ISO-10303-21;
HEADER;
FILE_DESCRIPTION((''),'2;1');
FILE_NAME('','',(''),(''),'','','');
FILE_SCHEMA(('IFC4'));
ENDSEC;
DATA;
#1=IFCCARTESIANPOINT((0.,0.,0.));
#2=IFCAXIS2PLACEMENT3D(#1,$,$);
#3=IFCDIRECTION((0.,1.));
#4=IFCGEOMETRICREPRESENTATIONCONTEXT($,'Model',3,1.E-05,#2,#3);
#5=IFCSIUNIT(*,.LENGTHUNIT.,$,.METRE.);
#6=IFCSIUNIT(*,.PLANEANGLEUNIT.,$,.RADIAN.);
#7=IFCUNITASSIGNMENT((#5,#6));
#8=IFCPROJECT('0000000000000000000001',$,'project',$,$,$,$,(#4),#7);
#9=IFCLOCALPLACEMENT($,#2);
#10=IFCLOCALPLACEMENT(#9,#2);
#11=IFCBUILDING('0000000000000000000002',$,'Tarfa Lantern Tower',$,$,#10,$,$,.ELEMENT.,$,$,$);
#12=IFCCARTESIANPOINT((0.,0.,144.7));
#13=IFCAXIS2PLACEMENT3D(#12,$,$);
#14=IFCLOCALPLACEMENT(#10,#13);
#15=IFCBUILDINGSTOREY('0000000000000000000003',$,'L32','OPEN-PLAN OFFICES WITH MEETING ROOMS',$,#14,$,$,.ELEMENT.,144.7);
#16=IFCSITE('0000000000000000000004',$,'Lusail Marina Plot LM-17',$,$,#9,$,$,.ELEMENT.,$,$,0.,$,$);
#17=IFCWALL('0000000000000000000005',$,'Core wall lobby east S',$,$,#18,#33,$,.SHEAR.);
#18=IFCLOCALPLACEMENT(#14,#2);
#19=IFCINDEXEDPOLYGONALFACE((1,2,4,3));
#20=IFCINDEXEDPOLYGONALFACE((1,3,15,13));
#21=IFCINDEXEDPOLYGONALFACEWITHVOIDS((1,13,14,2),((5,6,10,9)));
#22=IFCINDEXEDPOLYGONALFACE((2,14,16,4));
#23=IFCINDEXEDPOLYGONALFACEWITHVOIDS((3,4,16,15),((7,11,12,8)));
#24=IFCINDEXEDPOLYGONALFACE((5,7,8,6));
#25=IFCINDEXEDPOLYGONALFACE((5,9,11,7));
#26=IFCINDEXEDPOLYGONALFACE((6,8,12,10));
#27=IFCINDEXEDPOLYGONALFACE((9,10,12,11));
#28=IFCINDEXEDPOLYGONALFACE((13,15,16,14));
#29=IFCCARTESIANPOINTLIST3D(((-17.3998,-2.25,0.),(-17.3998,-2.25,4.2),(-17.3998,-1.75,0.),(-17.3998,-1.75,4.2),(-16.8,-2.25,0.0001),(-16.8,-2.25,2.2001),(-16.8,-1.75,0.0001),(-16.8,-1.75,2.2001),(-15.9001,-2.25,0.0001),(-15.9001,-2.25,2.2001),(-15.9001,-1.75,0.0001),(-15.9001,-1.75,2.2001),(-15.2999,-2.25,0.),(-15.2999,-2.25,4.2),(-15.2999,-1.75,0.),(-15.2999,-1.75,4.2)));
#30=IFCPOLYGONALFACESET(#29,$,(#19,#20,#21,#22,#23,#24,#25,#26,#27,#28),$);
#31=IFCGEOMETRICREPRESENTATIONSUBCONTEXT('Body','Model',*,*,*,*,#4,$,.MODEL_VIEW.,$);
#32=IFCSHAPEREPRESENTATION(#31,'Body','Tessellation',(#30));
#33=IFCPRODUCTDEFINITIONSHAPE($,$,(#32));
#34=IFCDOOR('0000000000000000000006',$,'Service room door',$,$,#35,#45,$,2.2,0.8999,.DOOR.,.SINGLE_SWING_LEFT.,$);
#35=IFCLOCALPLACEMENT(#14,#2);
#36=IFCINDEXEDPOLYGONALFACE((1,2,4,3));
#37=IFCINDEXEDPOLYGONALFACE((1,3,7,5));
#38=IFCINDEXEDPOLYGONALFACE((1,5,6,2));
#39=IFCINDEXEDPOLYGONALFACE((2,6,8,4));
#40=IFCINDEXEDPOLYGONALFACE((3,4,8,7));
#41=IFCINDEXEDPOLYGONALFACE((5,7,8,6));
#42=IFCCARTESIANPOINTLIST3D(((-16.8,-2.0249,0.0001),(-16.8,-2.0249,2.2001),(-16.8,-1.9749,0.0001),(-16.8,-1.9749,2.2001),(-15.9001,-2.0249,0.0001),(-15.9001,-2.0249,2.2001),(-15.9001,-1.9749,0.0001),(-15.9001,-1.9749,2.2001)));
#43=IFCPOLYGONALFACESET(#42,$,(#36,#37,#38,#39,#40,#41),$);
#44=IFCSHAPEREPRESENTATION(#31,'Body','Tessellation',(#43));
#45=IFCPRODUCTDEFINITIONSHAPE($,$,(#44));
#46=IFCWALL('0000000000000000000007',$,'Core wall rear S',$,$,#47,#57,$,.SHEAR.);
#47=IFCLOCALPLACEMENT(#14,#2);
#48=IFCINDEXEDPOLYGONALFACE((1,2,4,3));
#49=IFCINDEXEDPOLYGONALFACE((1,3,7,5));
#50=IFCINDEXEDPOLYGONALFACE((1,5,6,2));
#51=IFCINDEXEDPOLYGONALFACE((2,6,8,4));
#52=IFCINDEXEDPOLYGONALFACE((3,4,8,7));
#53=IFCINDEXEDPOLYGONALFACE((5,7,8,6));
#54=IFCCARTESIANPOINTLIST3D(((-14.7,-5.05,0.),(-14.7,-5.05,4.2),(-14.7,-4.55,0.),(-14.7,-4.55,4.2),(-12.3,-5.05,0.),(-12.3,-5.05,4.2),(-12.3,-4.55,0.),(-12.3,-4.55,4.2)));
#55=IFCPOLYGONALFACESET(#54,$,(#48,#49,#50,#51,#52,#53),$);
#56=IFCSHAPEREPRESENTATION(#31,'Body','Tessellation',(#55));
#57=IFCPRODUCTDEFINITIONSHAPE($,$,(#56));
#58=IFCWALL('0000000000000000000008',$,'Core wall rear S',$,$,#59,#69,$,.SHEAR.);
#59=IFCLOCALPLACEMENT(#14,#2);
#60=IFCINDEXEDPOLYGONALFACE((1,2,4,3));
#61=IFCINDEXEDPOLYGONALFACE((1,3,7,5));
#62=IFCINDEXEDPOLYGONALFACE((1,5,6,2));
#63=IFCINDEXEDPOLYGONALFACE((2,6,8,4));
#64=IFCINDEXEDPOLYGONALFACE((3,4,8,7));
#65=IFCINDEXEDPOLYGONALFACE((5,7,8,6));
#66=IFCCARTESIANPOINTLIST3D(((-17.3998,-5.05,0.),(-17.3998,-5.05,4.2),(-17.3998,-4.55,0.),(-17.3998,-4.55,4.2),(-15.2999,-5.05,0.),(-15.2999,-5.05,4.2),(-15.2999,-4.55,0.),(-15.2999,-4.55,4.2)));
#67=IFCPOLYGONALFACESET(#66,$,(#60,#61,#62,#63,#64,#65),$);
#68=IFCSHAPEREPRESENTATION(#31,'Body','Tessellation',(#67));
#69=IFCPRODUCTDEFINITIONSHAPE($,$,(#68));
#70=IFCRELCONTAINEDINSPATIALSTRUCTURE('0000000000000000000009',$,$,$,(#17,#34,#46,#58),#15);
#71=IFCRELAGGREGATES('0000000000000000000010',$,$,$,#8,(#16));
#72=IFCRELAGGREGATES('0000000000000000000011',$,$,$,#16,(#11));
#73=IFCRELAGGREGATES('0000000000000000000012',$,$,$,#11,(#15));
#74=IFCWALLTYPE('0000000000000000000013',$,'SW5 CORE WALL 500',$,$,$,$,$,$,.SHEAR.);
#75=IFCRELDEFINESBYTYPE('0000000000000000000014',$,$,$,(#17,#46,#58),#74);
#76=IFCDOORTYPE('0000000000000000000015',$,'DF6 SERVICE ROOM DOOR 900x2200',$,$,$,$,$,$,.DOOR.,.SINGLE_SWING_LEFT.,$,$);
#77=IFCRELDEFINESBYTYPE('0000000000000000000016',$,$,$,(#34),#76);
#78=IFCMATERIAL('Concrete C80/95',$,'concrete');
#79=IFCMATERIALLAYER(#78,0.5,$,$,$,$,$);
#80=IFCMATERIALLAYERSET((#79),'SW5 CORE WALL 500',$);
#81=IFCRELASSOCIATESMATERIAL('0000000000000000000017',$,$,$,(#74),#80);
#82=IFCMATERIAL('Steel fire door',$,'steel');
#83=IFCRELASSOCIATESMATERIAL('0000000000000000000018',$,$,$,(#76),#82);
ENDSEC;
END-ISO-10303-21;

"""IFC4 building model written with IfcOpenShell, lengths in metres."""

from ifc_helpers import new_model, si_unit, direction, frame, frame_2d, origin, place, context, subcontext, project, spatial, rectangle, extrude, material, layer, layer_set, type_object, element, fill, save


model = new_model("IFC4")

# Units and contexts
model_context = context("Model", 3, precision=1e-05, world=origin(), true_north=direction((0.0, 1.0)))
body_context = subcontext(model_context, "Body", "Model", "MODEL_VIEW")
ifc_project = project(units=[si_unit("LENGTHUNIT", "METRE"), si_unit("PLANEANGLEUNIT", "RADIAN")], contexts=[model_context])

# Site, building, storey
site_placement = place(None, origin())
site = spatial("IfcSite", under=ifc_project, at=site_placement, Name="Lusail Marina Plot LM-17", CompositionType="ELEMENT", RefElevation=0.0)
building_placement = place(site_placement, origin())
building = spatial("IfcBuilding", under=site, at=building_placement, Name="Tarfa Lantern Tower", CompositionType="ELEMENT")
storey_placement = place(building_placement, frame((0.0, 0.0, 144.7)))
storey = spatial("IfcBuildingStorey", under=building, at=storey_placement, Name="L32", Description="OPEN-PLAN OFFICES WITH MEETING ROOMS", CompositionType="ELEMENT", Elevation=144.7)

# Shared definitions
ifc_material_1 = material(Name="Concrete C80/95", Category="concrete")
ifc_layer_1 = layer(ifc_material_1, 0.5)
ifc_layer_set_1 = layer_set([ifc_layer_1], Name="SW5 CORE WALL 500")
wall_type_1 = type_object("IfcWallType", Name="SW5 CORE WALL 500", PredefinedType="SHEAR", material=ifc_layer_set_1)
ifc_material_2 = material(Name="Steel fire door", Category="steel")
door_type_1 = type_object("IfcDoorType", Name="DF6 SERVICE ROOM DOOR 900x2200", OperationType="SINGLE_SWING_LEFT", PredefinedType="DOOR", material=ifc_material_2)

# Wall, opening, door
wall_1_placement = place(storey_placement, frame((-15.3, -2.0, 0.0), z_axis=(0.0, 0.0, 1.0), x_axis=(-1.0, 0.0, 0.0)))
wall_1 = element("IfcWall", 1, at=wall_1_placement, inside=storey, type_object=wall_type_1, Name="Core wall lobby east S", PredefinedType="SHEAR", context=body_context, shape_type="SweptSolid", body=[
    extrude(rectangle(XDim=2.0999, YDim=0.5, at=frame_2d((1.0498, 0.0))), origin(), (0.0, 0.0, 1.0), 4.2),
])
opening_1_placement = place(wall_1_placement, frame((0.6001, 0.0, 0.0)))
opening_1 = element("IfcOpeningElement", 2, at=opening_1_placement, cuts=wall_1, PredefinedType="OPENING", context=body_context, shape_type="SweptSolid", body=[
    extrude(rectangle(XDim=0.8999, YDim=2.2, at=frame_2d((0.45, 1.1001))), frame((0.0, 0.26, 0.0), z_axis=(0.0, -1.0, 0.0), x_axis=(1.0, 0.0, 0.0)), (0.0, 0.0, 1.0), 0.52),
])
door_1_placement = place(opening_1_placement, origin())
door_1 = element("IfcDoor", 3, at=door_1_placement, inside=storey, type_object=door_type_1, Name="Service room door", OperationType="SINGLE_SWING_LEFT", OverallHeight=2.2, OverallWidth=0.8999, PredefinedType="DOOR", context=body_context, shape_type="SweptSolid", body=[
    extrude(rectangle(XDim=0.8999, YDim=2.2, at=frame_2d((0.45, 1.1001))), frame((0.0, 0.0249, 0.0), z_axis=(0.0, -1.0, 0.0), x_axis=(1.0, 0.0, 0.0)), (0.0, 0.0, 1.0), 0.05),
])
fill(opening_1, door_1)

# Walls
wall_2_placement = place(storey_placement, frame((-12.3, -4.8, 0.0), z_axis=(0.0, 0.0, 1.0), x_axis=(-1.0, 0.0, 0.0)))
element("IfcWall", 4, at=wall_2_placement, inside=storey, type_object=wall_type_1, Name="Core wall rear S", PredefinedType="SHEAR", context=body_context, shape_type="SweptSolid", body=[
    extrude(rectangle(XDim=2.3999, YDim=0.5, at=frame_2d((1.2, 0.0))), origin(), (0.0, 0.0, 1.0), 4.2),
])
wall_3_placement = place(storey_placement, frame((-15.3, -4.8, 0.0), z_axis=(0.0, 0.0, 1.0), x_axis=(-1.0, 0.0, 0.0)))
element("IfcWall", 5, at=wall_3_placement, inside=storey, type_object=wall_type_1, Name="Core wall rear S", PredefinedType="SHEAR", context=body_context, shape_type="SweptSolid", body=[
    extrude(rectangle(XDim=2.0999, YDim=0.5, at=frame_2d((1.0498, 0.0))), origin(), (0.0, 0.0, 1.0), 4.2),
])

save(model, "model.ifc")
